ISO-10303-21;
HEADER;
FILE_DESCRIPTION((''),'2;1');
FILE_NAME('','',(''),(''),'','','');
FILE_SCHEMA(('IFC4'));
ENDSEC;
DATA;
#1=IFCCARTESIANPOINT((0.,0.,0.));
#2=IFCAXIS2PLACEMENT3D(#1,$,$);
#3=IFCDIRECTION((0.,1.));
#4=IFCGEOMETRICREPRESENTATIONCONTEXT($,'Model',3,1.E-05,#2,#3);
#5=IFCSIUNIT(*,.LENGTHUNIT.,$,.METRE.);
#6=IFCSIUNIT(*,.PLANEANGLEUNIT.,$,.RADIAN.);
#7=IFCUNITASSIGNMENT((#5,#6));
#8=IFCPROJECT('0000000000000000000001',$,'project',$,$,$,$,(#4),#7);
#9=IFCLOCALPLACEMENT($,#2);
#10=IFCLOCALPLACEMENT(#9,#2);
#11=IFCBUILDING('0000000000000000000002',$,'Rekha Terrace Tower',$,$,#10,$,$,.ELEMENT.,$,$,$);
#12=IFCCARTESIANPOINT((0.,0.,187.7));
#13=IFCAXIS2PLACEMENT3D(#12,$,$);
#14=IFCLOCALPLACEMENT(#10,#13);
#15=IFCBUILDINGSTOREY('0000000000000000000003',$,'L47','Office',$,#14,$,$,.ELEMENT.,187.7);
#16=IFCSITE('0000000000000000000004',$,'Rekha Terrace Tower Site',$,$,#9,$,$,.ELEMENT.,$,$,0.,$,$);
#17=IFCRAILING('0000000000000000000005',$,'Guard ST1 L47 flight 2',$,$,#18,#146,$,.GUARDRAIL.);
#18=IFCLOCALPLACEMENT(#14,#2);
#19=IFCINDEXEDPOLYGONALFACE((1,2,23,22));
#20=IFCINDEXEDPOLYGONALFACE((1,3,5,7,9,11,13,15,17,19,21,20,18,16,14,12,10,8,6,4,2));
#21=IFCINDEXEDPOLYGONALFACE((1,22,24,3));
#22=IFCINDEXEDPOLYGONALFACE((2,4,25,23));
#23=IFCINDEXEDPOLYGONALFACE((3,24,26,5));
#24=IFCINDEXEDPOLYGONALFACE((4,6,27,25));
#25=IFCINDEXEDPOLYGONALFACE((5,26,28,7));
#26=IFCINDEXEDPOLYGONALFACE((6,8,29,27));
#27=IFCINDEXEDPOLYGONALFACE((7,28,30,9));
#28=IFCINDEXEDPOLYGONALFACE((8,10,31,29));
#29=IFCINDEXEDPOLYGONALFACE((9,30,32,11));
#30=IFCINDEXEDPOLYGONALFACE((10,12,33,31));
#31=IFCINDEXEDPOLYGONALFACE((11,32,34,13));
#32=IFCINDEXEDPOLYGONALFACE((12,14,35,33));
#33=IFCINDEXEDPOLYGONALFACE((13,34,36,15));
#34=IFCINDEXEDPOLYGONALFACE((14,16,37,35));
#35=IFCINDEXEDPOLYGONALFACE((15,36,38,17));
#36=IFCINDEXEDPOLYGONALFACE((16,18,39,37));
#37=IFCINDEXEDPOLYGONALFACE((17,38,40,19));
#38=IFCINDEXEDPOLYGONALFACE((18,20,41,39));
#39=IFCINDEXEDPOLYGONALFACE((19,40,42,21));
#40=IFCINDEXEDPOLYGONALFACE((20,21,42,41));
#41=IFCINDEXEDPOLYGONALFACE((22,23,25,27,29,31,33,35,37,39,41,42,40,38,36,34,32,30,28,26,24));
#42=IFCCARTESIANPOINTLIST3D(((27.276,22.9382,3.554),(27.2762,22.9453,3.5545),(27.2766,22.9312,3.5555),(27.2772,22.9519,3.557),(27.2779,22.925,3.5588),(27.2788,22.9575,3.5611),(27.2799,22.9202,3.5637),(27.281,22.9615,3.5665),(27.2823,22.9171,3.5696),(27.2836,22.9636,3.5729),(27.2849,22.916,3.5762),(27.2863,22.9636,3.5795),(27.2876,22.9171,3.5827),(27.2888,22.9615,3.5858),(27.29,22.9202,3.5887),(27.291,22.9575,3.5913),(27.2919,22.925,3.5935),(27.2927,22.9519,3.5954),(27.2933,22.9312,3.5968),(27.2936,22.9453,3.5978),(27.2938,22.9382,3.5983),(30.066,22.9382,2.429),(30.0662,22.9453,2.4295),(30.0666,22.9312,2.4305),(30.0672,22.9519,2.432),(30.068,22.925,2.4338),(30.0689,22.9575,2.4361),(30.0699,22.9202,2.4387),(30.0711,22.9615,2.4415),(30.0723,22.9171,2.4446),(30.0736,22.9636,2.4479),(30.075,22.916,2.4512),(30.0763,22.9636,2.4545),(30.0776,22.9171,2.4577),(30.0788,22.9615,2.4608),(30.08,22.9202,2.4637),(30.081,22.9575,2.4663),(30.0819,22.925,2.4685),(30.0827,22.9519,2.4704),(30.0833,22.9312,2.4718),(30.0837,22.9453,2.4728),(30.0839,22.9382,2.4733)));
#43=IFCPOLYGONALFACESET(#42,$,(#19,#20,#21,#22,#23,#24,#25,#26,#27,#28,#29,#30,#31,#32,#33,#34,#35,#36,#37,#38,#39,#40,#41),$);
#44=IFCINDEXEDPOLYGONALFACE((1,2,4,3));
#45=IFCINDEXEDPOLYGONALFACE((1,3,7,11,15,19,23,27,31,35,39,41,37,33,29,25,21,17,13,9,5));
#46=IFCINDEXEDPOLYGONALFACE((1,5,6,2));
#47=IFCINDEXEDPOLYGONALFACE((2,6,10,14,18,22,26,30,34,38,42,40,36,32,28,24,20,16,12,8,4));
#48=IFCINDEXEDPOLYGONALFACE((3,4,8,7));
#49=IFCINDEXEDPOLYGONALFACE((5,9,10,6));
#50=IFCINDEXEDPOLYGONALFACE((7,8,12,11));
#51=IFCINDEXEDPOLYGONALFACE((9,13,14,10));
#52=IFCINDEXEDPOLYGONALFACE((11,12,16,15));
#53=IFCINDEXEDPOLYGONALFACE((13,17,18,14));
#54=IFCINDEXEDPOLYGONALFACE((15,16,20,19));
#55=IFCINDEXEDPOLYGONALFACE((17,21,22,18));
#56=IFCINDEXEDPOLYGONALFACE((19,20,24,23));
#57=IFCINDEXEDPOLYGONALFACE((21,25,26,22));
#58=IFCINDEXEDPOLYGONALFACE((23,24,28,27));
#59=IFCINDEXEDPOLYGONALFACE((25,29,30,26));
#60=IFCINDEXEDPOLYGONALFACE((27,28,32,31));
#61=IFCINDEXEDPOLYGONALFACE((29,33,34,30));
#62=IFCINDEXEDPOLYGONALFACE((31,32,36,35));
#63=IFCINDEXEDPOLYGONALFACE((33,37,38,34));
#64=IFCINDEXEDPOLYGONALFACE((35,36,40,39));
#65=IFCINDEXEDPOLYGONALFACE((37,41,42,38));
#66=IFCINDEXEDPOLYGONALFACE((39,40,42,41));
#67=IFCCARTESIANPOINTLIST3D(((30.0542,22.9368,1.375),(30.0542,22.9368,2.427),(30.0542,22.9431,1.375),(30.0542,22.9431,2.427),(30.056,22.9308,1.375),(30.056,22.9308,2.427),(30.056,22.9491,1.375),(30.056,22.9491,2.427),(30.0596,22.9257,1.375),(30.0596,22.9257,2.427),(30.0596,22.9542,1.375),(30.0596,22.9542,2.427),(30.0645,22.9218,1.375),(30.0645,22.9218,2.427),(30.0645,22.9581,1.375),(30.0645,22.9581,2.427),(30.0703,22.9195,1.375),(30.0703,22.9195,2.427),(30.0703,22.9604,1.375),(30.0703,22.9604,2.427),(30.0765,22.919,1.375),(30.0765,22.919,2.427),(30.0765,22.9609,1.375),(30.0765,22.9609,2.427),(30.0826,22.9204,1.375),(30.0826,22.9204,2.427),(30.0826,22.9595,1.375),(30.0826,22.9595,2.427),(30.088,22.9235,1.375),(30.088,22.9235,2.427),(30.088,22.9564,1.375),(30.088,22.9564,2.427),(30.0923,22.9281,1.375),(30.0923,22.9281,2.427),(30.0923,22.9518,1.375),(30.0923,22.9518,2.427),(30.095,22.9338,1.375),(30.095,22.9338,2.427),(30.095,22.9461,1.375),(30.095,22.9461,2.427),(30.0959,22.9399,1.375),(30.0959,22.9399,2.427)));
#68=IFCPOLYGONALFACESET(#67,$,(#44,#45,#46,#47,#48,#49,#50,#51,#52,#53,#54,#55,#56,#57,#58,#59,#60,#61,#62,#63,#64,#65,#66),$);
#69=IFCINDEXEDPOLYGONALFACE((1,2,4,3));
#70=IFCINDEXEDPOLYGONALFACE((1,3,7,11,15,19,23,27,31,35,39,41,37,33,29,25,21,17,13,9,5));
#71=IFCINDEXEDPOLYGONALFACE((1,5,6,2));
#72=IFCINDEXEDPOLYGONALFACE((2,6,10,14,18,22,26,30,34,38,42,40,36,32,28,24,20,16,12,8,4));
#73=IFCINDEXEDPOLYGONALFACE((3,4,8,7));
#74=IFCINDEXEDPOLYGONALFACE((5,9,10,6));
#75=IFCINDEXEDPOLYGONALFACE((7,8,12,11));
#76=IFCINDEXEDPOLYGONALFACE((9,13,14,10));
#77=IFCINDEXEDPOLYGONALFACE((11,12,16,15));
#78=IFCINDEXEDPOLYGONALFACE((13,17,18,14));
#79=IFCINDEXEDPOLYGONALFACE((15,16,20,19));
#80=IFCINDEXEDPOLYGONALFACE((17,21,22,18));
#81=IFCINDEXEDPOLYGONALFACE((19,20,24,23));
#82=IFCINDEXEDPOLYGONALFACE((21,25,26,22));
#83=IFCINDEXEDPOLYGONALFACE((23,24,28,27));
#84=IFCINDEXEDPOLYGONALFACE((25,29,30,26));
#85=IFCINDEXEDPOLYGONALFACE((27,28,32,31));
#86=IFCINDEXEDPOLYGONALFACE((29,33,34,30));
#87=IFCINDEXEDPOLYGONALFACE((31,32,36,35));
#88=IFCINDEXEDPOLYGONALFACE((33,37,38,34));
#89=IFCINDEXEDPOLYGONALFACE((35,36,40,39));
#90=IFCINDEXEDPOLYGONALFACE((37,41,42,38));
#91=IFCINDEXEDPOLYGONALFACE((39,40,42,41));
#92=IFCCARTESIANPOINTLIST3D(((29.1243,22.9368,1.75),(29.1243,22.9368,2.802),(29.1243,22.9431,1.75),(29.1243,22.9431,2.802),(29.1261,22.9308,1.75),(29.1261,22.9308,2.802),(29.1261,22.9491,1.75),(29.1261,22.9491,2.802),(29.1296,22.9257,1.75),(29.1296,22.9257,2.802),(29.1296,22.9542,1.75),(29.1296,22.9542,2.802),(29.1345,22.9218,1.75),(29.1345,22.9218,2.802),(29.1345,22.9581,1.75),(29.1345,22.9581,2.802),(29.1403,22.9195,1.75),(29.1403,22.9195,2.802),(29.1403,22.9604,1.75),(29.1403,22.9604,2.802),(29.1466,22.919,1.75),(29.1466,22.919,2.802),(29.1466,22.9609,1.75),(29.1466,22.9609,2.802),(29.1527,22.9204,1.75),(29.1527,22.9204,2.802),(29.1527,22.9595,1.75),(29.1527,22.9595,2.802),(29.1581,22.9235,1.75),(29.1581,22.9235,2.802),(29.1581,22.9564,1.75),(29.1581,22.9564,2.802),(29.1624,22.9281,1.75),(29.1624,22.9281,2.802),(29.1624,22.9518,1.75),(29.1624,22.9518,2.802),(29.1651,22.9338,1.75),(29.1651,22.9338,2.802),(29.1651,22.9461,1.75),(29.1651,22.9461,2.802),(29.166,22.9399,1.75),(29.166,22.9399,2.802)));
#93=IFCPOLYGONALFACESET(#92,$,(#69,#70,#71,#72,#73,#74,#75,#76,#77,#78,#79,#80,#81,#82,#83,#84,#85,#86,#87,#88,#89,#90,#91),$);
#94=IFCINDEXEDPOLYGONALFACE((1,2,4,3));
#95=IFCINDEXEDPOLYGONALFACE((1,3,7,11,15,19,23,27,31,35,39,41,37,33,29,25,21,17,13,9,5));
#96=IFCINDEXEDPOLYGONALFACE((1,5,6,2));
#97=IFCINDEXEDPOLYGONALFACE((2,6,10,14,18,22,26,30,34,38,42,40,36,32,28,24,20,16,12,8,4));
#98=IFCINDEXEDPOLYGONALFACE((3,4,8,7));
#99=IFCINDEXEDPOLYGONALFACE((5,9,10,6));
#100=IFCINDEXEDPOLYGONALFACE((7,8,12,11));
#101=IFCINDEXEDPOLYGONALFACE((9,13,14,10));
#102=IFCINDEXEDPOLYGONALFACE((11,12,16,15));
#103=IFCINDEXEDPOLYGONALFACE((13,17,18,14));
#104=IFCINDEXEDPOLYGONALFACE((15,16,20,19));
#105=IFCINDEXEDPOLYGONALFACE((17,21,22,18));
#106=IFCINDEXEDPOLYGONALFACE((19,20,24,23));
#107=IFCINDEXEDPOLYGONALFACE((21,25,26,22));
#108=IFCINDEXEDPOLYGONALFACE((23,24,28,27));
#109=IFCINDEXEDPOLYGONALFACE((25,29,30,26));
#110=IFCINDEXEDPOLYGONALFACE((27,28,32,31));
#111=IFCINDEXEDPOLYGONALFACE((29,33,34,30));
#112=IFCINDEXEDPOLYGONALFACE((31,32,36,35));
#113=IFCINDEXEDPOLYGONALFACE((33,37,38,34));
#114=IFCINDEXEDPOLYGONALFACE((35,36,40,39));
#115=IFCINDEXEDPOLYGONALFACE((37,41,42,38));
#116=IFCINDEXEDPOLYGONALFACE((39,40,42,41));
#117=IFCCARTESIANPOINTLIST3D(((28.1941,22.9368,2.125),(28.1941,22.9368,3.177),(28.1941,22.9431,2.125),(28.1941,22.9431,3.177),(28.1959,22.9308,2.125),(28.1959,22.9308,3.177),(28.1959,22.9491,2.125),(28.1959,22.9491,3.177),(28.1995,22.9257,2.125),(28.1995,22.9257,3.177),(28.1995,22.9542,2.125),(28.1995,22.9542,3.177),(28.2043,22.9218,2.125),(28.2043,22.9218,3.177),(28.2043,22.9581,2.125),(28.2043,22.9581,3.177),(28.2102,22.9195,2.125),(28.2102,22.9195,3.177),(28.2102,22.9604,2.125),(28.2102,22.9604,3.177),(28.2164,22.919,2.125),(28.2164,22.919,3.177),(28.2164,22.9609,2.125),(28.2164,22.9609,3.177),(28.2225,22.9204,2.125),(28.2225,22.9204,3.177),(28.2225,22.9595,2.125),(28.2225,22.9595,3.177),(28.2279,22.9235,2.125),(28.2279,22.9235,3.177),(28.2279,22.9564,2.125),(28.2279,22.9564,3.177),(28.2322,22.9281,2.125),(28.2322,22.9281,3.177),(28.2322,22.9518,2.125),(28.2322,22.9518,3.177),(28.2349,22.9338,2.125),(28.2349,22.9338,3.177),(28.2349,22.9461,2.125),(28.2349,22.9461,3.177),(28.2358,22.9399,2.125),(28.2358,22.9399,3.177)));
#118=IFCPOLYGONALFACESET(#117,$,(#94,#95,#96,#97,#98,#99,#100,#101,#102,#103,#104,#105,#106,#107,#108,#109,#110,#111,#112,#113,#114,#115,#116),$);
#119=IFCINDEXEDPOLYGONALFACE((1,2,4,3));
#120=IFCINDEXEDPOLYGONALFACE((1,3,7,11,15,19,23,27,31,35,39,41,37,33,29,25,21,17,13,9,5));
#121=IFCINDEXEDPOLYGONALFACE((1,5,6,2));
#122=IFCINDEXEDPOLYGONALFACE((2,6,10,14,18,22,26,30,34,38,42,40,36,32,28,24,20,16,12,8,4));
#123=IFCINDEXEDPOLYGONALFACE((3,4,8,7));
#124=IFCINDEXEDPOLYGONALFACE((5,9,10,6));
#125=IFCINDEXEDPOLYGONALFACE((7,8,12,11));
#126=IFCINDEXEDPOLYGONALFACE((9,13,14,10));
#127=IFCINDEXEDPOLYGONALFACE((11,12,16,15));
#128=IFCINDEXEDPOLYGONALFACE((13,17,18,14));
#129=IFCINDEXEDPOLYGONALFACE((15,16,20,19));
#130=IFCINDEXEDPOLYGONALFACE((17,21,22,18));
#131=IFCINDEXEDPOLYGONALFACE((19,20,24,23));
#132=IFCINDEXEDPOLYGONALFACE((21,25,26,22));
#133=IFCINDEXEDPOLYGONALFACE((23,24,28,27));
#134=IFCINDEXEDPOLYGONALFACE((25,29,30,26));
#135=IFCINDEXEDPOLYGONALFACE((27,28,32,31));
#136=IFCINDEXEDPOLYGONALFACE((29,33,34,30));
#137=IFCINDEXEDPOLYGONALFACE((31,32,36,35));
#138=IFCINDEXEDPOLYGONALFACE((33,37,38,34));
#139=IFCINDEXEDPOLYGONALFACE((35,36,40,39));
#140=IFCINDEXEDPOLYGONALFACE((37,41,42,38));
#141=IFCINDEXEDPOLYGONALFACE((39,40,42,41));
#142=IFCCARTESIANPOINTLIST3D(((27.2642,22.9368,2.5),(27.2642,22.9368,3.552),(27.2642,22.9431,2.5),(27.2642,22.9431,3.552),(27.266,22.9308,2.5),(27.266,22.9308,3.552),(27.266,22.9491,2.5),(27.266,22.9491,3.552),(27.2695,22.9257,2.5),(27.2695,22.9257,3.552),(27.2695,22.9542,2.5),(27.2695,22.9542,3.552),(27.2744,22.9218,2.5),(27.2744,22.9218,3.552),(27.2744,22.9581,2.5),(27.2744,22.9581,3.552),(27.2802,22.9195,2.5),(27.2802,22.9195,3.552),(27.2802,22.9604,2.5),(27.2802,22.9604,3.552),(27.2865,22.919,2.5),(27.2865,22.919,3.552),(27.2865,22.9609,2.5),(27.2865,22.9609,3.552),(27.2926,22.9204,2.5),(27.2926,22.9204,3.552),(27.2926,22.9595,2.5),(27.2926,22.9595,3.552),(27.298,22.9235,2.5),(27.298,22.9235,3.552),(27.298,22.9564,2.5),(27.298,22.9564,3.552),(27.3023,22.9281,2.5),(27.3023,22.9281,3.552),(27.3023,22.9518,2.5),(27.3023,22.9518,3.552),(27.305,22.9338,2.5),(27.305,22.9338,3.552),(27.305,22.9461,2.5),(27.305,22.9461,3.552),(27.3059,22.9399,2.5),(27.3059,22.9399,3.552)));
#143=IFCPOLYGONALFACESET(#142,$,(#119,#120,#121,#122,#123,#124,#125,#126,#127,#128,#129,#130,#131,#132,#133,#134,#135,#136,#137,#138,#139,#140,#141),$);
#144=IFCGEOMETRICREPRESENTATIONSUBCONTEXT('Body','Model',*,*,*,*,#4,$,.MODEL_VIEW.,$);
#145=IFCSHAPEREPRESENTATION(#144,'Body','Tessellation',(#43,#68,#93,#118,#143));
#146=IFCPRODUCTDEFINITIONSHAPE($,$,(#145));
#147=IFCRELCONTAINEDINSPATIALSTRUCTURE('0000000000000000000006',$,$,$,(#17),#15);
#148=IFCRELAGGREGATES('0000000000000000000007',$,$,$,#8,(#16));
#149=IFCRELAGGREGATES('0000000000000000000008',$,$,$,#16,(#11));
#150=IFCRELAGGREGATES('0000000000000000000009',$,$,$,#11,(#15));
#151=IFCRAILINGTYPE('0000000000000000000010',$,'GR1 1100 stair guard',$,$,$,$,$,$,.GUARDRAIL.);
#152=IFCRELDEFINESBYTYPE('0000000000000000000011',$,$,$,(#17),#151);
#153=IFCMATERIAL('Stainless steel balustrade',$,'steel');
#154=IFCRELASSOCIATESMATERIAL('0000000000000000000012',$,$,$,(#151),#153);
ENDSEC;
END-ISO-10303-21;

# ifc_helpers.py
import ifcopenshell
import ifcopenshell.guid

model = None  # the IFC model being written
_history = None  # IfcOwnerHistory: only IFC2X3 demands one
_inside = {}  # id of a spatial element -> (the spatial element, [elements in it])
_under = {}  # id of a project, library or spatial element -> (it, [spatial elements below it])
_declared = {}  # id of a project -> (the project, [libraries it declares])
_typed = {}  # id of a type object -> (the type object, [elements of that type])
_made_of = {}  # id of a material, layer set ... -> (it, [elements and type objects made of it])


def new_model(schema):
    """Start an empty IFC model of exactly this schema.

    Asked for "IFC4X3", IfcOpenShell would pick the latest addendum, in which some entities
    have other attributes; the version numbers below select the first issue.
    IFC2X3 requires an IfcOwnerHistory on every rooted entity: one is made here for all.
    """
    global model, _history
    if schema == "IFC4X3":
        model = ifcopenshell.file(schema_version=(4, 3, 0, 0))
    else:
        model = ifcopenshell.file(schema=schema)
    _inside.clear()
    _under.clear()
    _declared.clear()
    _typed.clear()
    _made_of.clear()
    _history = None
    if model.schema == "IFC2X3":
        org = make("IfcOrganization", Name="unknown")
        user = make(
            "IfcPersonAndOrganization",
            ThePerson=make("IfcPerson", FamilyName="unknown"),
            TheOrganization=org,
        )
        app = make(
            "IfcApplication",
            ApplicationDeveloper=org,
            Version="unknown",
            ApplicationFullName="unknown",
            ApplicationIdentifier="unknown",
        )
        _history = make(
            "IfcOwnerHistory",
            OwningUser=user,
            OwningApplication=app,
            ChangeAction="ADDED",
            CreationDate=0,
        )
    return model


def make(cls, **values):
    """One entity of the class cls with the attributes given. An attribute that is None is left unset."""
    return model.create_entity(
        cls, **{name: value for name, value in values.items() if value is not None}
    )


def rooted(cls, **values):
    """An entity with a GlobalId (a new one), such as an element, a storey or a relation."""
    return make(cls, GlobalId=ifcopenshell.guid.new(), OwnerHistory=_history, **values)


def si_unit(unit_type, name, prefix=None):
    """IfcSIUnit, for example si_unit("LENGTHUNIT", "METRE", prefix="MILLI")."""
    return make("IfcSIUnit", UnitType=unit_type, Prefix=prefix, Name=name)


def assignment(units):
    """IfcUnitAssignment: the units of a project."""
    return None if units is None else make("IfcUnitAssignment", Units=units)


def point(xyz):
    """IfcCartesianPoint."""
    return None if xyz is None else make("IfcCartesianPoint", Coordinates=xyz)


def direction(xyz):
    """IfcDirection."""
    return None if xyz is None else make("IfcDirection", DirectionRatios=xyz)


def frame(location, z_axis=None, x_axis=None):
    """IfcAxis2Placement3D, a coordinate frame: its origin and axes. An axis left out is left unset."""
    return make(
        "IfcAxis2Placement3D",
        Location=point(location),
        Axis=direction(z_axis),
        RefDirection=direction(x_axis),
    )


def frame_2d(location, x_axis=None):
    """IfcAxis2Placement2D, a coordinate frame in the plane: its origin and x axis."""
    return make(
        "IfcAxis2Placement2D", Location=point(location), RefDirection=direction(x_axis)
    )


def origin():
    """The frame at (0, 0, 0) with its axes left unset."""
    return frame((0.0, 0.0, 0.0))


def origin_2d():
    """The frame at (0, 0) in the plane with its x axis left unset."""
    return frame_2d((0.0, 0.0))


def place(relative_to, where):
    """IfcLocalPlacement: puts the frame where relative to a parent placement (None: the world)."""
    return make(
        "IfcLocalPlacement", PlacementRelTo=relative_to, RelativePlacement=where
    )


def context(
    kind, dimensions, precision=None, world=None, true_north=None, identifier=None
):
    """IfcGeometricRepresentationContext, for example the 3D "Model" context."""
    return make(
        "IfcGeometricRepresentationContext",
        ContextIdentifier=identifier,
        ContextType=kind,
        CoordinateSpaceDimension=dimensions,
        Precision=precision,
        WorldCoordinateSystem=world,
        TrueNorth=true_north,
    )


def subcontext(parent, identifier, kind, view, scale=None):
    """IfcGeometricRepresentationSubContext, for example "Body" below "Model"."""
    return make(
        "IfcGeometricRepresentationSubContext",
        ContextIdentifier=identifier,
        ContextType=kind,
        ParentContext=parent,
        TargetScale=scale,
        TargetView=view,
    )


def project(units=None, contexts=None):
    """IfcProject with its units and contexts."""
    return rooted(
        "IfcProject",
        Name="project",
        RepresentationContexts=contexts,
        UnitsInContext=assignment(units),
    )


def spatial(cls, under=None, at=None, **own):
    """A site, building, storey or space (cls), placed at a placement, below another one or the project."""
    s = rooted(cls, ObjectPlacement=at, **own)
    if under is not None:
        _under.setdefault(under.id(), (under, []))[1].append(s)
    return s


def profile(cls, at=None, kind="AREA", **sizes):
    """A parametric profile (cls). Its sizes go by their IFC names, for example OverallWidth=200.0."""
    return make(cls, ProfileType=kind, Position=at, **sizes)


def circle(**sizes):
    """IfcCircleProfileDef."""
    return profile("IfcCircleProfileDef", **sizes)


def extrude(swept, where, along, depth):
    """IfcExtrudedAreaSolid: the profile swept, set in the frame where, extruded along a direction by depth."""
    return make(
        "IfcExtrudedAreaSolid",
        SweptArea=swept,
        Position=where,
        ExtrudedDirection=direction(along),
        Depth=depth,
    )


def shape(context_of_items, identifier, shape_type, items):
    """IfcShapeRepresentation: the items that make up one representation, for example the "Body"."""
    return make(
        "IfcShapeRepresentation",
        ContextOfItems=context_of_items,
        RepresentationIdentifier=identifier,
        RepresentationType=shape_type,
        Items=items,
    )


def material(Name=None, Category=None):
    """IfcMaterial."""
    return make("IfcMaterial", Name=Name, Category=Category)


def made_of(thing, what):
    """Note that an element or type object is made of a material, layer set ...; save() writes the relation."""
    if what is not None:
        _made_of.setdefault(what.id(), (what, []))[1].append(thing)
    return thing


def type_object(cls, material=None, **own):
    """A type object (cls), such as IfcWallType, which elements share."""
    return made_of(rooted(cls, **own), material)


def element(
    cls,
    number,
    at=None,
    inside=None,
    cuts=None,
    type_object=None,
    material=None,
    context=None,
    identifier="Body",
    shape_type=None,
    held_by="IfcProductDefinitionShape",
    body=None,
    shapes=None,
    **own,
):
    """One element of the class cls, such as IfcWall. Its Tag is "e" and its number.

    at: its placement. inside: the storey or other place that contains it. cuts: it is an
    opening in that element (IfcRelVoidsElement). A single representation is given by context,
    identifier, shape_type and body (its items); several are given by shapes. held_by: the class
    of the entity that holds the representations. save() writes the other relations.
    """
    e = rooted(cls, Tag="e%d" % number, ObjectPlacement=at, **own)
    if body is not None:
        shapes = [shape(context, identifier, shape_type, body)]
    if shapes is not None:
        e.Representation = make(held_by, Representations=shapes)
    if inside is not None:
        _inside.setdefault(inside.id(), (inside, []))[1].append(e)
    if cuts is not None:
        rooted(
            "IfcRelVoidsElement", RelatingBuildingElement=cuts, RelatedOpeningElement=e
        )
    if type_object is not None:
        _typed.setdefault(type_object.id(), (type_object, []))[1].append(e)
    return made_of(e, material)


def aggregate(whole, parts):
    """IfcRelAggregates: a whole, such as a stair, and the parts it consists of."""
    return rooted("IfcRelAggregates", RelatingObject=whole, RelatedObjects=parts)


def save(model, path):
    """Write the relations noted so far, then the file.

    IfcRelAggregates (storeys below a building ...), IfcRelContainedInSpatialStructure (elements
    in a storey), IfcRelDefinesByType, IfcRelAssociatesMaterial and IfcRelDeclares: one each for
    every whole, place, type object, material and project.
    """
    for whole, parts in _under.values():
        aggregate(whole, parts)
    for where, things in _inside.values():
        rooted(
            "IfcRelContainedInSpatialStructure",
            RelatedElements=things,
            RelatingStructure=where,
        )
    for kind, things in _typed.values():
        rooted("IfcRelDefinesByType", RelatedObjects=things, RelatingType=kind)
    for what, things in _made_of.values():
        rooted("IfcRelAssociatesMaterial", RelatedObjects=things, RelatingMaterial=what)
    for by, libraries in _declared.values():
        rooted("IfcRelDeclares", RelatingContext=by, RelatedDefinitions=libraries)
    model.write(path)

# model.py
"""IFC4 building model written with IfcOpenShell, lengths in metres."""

from ifc_helpers import new_model, si_unit, direction, frame, origin, origin_2d, place, context, subcontext, project, spatial, circle, extrude, material, type_object, element, save


model = new_model("IFC4")

# Units and contexts
model_context = context("Model", 3, precision=1e-05, world=origin(), true_north=direction((0.0, 1.0)))
body_context = subcontext(model_context, "Body", "Model", "MODEL_VIEW")
ifc_project = project(units=[si_unit("LENGTHUNIT", "METRE"), si_unit("PLANEANGLEUNIT", "RADIAN")], contexts=[model_context])

# Site, building, storey
site_placement = place(None, origin())
site = spatial("IfcSite", under=ifc_project, at=site_placement, Name="Rekha Terrace Tower Site", CompositionType="ELEMENT", RefElevation=0.0)
building_placement = place(site_placement, origin())
building = spatial("IfcBuilding", under=site, at=building_placement, Name="Rekha Terrace Tower", CompositionType="ELEMENT")
storey_placement = place(building_placement, frame((0.0, 0.0, 187.7)))
storey = spatial("IfcBuildingStorey", under=building, at=storey_placement, Name="L47", Description="Office", CompositionType="ELEMENT", Elevation=187.7)

# Railing
ifc_material_1 = material(Name="Stainless steel balustrade", Category="steel")
railing_type_1 = type_object("IfcRailingType", Name="GR1 1100 stair guard", PredefinedType="GUARDRAIL", material=ifc_material_1)
railing_1_placement = place(storey_placement, frame((30.075, 22.9399, 1.375)))
element("IfcRailing", 1, at=railing_1_placement, inside=storey, type_object=railing_type_1, Name="Guard ST1 L47 flight 2", PredefinedType="GUARDRAIL", context=body_context, shape_type="SweptSolid", body=[
    extrude(circle(Radius=0.0239, at=origin_2d()), frame((0.0, 0.0, 1.0762), z_axis=(-0.927443, 0.0, 0.373964), x_axis=(0.0, -1.0, 0.0)), (0.0, 0.0, 1.0), 3.0083),
    extrude(circle(Radius=0.021, at=origin_2d()), origin(), (0.0, 0.0, 1.0), 1.052),
    extrude(circle(Radius=0.021, at=origin_2d()), frame((-0.9299, 0.0, 0.375)), (0.0, 0.0, 1.0), 1.052),
    extrude(circle(Radius=0.021, at=origin_2d()), frame((-1.8601, 0.0, 0.75)), (0.0, 0.0, 1.0), 1.052),
    extrude(circle(Radius=0.021, at=origin_2d()), frame((-2.79, 0.0, 1.125)), (0.0, 0.0, 1.0), 1.052),
])

save(model, "model.ifc")
